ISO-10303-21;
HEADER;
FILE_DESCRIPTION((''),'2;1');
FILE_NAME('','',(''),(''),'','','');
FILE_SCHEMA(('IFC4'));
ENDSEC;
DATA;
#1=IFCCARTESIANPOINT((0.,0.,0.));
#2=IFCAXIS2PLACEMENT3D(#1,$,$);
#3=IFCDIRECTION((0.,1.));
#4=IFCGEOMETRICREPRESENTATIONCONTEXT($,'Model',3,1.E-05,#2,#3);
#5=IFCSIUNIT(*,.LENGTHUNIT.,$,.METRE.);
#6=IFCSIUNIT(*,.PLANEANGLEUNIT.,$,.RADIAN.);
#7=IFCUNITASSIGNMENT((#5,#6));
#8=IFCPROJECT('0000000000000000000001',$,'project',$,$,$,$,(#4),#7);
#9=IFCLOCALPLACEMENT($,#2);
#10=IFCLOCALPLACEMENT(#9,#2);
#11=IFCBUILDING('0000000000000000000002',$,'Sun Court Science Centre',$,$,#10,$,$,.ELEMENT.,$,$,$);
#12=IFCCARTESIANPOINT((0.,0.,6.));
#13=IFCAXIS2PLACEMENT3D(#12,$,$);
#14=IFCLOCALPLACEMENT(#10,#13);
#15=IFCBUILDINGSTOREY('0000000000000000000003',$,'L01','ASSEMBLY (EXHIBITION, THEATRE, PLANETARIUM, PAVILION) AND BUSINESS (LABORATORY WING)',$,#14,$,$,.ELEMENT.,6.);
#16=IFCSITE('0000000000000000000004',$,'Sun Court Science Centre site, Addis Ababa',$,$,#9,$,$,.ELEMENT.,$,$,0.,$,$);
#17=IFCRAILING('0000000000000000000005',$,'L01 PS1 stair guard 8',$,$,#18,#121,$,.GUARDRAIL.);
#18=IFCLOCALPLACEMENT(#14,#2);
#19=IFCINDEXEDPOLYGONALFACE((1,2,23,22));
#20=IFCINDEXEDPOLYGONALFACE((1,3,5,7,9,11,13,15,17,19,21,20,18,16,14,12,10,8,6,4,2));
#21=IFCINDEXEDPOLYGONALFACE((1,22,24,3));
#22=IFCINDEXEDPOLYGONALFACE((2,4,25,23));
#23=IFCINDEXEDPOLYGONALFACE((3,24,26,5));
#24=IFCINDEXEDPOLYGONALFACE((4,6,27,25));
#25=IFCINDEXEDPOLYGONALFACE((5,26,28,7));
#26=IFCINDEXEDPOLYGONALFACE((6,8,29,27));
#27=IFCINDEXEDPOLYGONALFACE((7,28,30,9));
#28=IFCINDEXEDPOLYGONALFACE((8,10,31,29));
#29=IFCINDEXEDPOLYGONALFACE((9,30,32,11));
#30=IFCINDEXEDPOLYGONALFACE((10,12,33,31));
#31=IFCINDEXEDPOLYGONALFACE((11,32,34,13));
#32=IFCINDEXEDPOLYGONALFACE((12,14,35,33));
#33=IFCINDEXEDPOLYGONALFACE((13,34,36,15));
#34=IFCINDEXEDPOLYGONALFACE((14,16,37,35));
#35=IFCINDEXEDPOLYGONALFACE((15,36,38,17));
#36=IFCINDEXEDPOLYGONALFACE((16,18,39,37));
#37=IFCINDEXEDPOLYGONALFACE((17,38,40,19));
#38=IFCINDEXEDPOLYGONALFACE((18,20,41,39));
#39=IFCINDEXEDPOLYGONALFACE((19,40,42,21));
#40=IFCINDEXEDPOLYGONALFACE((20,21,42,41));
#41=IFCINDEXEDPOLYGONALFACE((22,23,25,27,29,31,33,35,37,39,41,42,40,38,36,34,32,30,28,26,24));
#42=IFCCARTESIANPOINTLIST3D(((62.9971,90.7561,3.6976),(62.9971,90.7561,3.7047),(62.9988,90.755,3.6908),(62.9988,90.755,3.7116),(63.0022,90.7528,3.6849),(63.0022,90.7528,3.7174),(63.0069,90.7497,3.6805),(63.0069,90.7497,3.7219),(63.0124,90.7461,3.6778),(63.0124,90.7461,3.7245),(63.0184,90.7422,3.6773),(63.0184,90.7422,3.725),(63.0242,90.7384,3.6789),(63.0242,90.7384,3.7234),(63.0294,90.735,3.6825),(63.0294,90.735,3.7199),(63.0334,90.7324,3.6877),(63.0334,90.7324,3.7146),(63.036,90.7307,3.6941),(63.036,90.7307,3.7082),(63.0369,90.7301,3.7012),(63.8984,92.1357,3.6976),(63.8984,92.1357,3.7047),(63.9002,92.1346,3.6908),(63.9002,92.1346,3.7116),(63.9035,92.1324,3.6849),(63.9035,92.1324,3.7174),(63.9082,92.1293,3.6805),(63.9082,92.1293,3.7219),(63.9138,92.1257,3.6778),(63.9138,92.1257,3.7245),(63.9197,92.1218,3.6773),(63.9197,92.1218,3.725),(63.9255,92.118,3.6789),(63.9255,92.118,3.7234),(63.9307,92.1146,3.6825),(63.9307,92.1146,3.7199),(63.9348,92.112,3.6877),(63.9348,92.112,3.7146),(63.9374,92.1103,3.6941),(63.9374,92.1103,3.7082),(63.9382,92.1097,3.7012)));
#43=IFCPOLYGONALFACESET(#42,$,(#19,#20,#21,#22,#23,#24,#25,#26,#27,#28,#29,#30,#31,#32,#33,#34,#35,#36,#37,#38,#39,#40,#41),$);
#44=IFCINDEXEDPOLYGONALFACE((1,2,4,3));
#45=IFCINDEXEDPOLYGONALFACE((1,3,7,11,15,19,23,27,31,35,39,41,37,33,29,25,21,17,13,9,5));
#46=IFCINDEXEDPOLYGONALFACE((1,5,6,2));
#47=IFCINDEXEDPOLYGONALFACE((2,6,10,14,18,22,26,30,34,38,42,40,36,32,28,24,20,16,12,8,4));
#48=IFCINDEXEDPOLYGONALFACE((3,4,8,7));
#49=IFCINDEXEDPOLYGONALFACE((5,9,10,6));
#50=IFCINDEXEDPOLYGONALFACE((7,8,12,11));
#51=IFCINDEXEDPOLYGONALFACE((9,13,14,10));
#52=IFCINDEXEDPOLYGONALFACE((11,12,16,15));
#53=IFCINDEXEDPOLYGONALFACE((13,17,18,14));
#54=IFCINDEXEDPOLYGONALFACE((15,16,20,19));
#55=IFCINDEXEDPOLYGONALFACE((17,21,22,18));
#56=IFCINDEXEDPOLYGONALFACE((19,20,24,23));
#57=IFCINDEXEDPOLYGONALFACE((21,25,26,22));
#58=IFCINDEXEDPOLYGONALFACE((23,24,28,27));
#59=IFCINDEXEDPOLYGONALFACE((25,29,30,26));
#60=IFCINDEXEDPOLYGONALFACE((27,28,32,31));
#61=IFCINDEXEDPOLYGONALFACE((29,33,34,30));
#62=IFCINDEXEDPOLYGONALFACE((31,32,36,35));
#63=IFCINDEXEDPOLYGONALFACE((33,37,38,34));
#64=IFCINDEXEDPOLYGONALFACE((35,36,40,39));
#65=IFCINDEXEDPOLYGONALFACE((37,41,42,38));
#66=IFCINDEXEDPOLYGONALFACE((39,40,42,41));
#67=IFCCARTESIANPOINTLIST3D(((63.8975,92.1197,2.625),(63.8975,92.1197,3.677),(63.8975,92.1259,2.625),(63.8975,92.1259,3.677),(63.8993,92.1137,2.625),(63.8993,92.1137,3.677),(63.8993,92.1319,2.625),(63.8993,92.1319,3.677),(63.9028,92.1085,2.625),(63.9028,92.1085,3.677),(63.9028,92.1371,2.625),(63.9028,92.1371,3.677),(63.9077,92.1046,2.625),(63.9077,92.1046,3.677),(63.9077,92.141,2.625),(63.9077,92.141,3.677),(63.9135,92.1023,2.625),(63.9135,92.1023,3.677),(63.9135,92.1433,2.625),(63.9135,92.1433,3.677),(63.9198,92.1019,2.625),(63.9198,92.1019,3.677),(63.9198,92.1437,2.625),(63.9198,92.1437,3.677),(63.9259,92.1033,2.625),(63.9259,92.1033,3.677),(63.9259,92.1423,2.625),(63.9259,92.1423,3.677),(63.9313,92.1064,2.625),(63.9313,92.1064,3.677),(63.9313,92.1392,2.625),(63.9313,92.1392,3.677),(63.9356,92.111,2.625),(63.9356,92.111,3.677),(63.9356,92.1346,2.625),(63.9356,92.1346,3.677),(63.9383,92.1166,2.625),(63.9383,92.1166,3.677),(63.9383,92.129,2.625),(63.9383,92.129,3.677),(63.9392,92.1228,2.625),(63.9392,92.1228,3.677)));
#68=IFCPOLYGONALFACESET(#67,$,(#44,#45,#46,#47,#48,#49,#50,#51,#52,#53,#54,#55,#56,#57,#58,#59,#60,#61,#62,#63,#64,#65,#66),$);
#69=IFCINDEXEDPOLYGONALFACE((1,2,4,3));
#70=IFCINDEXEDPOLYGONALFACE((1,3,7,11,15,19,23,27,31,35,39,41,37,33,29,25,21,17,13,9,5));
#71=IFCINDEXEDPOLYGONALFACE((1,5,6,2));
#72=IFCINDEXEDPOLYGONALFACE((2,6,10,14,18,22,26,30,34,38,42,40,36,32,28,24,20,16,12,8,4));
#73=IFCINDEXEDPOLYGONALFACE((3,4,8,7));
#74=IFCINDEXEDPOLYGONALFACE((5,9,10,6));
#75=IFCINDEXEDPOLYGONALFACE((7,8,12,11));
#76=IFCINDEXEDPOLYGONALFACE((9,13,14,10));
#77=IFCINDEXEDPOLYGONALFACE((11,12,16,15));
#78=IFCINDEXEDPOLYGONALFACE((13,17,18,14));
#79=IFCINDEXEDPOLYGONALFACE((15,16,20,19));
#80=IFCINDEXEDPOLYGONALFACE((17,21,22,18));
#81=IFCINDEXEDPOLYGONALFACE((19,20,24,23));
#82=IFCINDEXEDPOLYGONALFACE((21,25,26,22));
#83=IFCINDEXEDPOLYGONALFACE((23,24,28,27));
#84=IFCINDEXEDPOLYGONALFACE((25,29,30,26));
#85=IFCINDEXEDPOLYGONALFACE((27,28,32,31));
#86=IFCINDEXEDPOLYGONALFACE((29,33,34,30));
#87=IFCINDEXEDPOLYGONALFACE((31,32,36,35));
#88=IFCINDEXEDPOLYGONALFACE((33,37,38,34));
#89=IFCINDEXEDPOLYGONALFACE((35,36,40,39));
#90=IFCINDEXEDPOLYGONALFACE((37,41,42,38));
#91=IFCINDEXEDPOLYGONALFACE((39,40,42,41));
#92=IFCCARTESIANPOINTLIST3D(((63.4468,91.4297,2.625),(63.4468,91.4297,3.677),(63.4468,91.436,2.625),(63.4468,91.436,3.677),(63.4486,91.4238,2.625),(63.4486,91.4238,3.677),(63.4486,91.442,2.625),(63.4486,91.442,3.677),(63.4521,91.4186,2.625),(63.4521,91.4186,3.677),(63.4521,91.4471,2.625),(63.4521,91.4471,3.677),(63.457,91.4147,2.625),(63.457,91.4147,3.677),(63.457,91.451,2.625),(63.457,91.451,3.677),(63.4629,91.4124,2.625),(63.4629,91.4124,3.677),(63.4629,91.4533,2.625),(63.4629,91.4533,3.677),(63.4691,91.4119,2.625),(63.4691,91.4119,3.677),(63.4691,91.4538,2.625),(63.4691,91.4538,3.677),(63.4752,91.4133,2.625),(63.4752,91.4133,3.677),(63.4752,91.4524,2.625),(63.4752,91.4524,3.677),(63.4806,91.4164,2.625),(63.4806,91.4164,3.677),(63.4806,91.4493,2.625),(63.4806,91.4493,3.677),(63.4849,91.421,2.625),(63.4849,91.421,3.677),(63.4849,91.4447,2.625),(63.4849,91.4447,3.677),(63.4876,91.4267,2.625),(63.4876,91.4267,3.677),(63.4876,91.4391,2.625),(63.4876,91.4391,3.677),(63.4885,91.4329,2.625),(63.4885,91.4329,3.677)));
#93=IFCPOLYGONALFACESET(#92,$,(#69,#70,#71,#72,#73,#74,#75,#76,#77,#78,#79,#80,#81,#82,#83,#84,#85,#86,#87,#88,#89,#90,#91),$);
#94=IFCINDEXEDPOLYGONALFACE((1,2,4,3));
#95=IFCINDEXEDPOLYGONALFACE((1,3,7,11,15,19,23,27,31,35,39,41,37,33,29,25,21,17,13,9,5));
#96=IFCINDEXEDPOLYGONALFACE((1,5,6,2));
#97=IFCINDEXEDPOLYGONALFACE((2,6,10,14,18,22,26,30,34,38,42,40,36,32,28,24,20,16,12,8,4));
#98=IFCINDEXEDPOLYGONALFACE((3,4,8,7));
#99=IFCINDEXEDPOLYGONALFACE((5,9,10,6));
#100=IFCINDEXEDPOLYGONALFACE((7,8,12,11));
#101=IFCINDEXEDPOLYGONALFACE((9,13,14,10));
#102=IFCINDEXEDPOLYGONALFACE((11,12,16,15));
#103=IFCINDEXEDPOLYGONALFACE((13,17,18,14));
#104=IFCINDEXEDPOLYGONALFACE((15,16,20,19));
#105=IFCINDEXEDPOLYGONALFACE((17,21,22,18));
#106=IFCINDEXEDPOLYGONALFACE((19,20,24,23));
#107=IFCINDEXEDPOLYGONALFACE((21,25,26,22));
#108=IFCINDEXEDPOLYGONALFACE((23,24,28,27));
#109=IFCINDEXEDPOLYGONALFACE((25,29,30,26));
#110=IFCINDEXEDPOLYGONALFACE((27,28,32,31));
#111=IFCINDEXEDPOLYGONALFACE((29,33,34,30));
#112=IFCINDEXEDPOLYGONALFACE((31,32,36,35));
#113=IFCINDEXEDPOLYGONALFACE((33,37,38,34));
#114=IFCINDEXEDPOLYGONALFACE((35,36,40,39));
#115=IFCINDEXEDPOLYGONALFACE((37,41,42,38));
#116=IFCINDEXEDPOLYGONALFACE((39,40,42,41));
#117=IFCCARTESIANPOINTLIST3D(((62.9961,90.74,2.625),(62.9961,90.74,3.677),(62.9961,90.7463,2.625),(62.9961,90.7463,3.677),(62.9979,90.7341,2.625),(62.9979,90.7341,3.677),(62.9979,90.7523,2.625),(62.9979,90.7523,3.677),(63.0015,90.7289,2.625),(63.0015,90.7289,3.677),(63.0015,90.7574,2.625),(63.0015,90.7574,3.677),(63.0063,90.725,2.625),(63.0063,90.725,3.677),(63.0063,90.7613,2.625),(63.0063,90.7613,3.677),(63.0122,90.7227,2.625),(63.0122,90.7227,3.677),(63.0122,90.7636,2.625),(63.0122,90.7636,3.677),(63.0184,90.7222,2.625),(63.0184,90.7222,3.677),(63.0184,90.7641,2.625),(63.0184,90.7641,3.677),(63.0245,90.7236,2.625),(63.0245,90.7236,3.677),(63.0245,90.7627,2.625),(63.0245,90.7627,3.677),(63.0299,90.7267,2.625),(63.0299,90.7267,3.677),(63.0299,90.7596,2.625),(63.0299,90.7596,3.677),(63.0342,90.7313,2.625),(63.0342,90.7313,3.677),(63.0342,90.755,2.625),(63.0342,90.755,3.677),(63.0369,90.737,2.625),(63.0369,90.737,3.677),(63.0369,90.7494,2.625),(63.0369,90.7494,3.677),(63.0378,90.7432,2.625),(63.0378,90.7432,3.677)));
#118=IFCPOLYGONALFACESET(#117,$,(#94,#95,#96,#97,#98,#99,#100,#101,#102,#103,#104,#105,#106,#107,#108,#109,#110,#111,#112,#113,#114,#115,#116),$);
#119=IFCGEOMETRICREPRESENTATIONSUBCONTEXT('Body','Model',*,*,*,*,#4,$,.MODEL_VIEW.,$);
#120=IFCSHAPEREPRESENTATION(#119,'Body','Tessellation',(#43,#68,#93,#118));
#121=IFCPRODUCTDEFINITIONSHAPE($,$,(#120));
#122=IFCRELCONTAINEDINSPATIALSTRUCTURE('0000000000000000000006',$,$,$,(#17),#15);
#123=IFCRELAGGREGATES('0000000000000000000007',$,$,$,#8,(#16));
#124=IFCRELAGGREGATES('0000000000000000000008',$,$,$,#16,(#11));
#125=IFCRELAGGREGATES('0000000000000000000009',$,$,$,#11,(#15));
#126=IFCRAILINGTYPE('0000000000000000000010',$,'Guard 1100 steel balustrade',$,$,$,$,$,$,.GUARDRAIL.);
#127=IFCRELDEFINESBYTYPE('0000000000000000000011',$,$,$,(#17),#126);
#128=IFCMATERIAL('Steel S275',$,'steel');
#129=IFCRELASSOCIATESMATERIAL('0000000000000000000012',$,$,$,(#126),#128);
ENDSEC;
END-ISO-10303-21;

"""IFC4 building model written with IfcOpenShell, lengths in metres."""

from ifc_helpers import new_model, si_unit, direction, frame, origin, origin_2d, place, context, subcontext, project, spatial, circle, extrude, material, type_object, element, save


model = new_model("IFC4")

# Units and contexts
model_context = context("Model", 3, precision=1e-05, world=origin(), true_north=direction((0.0, 1.0)))
body_context = subcontext(model_context, "Body", "Model", "MODEL_VIEW")
ifc_project = project(units=[si_unit("LENGTHUNIT", "METRE"), si_unit("PLANEANGLEUNIT", "RADIAN")], contexts=[model_context])

# Site, building, storey
site_placement = place(None, origin())
site = spatial("IfcSite", under=ifc_project, at=site_placement, Name="Sun Court Science Centre site, Addis Ababa", CompositionType="ELEMENT", RefElevation=0.0)
building_placement = place(site_placement, origin())
building = spatial("IfcBuilding", under=site, at=building_placement, Name="Sun Court Science Centre", CompositionType="ELEMENT")
storey_placement = place(building_placement, frame((0.0, 0.0, 6.0)))
storey = spatial("IfcBuildingStorey", under=building, at=storey_placement, Name="L01", Description="ASSEMBLY (EXHIBITION, THEATRE, PLANETARIUM, PAVILION) AND BUSINESS (LABORATORY WING)", CompositionType="ELEMENT", Elevation=6.0)

# Railing
ifc_material_1 = material(Name="Steel S275", Category="steel")
railing_type_1 = type_object("IfcRailingType", Name="Guard 1100 steel balustrade", PredefinedType="GUARDRAIL", material=ifc_material_1)
railing_1_placement = place(storey_placement, frame((63.9182, 92.1228, 2.625)))
element("IfcRailing", 1, at=railing_1_placement, inside=storey, type_object=railing_type_1, Name="L01 PS1 stair guard 8", PredefinedType="GUARDRAIL", context=body_context, shape_type="SweptSolid", body=[
    extrude(circle(Radius=0.0239, at=origin_2d()), frame((0.0, 0.0, 1.0762), z_axis=(-0.54695, -0.837165, 0.0), x_axis=(0.837165, -0.54695, 0.0)), (0.0, 0.0, 1.0), 1.6479),
    extrude(circle(Radius=0.021, at=origin_2d()), origin(), (0.0, 0.0, 1.0), 1.052),
    extrude(circle(Radius=0.021, at=origin_2d()), frame((-0.4507, -0.6899, 0.0)), (0.0, 0.0, 1.0), 1.052),
    extrude(circle(Radius=0.021, at=origin_2d()), frame((-0.9014, -1.3796, 0.0)), (0.0, 0.0, 1.0), 1.052),
])

save(model, "model.ifc")
